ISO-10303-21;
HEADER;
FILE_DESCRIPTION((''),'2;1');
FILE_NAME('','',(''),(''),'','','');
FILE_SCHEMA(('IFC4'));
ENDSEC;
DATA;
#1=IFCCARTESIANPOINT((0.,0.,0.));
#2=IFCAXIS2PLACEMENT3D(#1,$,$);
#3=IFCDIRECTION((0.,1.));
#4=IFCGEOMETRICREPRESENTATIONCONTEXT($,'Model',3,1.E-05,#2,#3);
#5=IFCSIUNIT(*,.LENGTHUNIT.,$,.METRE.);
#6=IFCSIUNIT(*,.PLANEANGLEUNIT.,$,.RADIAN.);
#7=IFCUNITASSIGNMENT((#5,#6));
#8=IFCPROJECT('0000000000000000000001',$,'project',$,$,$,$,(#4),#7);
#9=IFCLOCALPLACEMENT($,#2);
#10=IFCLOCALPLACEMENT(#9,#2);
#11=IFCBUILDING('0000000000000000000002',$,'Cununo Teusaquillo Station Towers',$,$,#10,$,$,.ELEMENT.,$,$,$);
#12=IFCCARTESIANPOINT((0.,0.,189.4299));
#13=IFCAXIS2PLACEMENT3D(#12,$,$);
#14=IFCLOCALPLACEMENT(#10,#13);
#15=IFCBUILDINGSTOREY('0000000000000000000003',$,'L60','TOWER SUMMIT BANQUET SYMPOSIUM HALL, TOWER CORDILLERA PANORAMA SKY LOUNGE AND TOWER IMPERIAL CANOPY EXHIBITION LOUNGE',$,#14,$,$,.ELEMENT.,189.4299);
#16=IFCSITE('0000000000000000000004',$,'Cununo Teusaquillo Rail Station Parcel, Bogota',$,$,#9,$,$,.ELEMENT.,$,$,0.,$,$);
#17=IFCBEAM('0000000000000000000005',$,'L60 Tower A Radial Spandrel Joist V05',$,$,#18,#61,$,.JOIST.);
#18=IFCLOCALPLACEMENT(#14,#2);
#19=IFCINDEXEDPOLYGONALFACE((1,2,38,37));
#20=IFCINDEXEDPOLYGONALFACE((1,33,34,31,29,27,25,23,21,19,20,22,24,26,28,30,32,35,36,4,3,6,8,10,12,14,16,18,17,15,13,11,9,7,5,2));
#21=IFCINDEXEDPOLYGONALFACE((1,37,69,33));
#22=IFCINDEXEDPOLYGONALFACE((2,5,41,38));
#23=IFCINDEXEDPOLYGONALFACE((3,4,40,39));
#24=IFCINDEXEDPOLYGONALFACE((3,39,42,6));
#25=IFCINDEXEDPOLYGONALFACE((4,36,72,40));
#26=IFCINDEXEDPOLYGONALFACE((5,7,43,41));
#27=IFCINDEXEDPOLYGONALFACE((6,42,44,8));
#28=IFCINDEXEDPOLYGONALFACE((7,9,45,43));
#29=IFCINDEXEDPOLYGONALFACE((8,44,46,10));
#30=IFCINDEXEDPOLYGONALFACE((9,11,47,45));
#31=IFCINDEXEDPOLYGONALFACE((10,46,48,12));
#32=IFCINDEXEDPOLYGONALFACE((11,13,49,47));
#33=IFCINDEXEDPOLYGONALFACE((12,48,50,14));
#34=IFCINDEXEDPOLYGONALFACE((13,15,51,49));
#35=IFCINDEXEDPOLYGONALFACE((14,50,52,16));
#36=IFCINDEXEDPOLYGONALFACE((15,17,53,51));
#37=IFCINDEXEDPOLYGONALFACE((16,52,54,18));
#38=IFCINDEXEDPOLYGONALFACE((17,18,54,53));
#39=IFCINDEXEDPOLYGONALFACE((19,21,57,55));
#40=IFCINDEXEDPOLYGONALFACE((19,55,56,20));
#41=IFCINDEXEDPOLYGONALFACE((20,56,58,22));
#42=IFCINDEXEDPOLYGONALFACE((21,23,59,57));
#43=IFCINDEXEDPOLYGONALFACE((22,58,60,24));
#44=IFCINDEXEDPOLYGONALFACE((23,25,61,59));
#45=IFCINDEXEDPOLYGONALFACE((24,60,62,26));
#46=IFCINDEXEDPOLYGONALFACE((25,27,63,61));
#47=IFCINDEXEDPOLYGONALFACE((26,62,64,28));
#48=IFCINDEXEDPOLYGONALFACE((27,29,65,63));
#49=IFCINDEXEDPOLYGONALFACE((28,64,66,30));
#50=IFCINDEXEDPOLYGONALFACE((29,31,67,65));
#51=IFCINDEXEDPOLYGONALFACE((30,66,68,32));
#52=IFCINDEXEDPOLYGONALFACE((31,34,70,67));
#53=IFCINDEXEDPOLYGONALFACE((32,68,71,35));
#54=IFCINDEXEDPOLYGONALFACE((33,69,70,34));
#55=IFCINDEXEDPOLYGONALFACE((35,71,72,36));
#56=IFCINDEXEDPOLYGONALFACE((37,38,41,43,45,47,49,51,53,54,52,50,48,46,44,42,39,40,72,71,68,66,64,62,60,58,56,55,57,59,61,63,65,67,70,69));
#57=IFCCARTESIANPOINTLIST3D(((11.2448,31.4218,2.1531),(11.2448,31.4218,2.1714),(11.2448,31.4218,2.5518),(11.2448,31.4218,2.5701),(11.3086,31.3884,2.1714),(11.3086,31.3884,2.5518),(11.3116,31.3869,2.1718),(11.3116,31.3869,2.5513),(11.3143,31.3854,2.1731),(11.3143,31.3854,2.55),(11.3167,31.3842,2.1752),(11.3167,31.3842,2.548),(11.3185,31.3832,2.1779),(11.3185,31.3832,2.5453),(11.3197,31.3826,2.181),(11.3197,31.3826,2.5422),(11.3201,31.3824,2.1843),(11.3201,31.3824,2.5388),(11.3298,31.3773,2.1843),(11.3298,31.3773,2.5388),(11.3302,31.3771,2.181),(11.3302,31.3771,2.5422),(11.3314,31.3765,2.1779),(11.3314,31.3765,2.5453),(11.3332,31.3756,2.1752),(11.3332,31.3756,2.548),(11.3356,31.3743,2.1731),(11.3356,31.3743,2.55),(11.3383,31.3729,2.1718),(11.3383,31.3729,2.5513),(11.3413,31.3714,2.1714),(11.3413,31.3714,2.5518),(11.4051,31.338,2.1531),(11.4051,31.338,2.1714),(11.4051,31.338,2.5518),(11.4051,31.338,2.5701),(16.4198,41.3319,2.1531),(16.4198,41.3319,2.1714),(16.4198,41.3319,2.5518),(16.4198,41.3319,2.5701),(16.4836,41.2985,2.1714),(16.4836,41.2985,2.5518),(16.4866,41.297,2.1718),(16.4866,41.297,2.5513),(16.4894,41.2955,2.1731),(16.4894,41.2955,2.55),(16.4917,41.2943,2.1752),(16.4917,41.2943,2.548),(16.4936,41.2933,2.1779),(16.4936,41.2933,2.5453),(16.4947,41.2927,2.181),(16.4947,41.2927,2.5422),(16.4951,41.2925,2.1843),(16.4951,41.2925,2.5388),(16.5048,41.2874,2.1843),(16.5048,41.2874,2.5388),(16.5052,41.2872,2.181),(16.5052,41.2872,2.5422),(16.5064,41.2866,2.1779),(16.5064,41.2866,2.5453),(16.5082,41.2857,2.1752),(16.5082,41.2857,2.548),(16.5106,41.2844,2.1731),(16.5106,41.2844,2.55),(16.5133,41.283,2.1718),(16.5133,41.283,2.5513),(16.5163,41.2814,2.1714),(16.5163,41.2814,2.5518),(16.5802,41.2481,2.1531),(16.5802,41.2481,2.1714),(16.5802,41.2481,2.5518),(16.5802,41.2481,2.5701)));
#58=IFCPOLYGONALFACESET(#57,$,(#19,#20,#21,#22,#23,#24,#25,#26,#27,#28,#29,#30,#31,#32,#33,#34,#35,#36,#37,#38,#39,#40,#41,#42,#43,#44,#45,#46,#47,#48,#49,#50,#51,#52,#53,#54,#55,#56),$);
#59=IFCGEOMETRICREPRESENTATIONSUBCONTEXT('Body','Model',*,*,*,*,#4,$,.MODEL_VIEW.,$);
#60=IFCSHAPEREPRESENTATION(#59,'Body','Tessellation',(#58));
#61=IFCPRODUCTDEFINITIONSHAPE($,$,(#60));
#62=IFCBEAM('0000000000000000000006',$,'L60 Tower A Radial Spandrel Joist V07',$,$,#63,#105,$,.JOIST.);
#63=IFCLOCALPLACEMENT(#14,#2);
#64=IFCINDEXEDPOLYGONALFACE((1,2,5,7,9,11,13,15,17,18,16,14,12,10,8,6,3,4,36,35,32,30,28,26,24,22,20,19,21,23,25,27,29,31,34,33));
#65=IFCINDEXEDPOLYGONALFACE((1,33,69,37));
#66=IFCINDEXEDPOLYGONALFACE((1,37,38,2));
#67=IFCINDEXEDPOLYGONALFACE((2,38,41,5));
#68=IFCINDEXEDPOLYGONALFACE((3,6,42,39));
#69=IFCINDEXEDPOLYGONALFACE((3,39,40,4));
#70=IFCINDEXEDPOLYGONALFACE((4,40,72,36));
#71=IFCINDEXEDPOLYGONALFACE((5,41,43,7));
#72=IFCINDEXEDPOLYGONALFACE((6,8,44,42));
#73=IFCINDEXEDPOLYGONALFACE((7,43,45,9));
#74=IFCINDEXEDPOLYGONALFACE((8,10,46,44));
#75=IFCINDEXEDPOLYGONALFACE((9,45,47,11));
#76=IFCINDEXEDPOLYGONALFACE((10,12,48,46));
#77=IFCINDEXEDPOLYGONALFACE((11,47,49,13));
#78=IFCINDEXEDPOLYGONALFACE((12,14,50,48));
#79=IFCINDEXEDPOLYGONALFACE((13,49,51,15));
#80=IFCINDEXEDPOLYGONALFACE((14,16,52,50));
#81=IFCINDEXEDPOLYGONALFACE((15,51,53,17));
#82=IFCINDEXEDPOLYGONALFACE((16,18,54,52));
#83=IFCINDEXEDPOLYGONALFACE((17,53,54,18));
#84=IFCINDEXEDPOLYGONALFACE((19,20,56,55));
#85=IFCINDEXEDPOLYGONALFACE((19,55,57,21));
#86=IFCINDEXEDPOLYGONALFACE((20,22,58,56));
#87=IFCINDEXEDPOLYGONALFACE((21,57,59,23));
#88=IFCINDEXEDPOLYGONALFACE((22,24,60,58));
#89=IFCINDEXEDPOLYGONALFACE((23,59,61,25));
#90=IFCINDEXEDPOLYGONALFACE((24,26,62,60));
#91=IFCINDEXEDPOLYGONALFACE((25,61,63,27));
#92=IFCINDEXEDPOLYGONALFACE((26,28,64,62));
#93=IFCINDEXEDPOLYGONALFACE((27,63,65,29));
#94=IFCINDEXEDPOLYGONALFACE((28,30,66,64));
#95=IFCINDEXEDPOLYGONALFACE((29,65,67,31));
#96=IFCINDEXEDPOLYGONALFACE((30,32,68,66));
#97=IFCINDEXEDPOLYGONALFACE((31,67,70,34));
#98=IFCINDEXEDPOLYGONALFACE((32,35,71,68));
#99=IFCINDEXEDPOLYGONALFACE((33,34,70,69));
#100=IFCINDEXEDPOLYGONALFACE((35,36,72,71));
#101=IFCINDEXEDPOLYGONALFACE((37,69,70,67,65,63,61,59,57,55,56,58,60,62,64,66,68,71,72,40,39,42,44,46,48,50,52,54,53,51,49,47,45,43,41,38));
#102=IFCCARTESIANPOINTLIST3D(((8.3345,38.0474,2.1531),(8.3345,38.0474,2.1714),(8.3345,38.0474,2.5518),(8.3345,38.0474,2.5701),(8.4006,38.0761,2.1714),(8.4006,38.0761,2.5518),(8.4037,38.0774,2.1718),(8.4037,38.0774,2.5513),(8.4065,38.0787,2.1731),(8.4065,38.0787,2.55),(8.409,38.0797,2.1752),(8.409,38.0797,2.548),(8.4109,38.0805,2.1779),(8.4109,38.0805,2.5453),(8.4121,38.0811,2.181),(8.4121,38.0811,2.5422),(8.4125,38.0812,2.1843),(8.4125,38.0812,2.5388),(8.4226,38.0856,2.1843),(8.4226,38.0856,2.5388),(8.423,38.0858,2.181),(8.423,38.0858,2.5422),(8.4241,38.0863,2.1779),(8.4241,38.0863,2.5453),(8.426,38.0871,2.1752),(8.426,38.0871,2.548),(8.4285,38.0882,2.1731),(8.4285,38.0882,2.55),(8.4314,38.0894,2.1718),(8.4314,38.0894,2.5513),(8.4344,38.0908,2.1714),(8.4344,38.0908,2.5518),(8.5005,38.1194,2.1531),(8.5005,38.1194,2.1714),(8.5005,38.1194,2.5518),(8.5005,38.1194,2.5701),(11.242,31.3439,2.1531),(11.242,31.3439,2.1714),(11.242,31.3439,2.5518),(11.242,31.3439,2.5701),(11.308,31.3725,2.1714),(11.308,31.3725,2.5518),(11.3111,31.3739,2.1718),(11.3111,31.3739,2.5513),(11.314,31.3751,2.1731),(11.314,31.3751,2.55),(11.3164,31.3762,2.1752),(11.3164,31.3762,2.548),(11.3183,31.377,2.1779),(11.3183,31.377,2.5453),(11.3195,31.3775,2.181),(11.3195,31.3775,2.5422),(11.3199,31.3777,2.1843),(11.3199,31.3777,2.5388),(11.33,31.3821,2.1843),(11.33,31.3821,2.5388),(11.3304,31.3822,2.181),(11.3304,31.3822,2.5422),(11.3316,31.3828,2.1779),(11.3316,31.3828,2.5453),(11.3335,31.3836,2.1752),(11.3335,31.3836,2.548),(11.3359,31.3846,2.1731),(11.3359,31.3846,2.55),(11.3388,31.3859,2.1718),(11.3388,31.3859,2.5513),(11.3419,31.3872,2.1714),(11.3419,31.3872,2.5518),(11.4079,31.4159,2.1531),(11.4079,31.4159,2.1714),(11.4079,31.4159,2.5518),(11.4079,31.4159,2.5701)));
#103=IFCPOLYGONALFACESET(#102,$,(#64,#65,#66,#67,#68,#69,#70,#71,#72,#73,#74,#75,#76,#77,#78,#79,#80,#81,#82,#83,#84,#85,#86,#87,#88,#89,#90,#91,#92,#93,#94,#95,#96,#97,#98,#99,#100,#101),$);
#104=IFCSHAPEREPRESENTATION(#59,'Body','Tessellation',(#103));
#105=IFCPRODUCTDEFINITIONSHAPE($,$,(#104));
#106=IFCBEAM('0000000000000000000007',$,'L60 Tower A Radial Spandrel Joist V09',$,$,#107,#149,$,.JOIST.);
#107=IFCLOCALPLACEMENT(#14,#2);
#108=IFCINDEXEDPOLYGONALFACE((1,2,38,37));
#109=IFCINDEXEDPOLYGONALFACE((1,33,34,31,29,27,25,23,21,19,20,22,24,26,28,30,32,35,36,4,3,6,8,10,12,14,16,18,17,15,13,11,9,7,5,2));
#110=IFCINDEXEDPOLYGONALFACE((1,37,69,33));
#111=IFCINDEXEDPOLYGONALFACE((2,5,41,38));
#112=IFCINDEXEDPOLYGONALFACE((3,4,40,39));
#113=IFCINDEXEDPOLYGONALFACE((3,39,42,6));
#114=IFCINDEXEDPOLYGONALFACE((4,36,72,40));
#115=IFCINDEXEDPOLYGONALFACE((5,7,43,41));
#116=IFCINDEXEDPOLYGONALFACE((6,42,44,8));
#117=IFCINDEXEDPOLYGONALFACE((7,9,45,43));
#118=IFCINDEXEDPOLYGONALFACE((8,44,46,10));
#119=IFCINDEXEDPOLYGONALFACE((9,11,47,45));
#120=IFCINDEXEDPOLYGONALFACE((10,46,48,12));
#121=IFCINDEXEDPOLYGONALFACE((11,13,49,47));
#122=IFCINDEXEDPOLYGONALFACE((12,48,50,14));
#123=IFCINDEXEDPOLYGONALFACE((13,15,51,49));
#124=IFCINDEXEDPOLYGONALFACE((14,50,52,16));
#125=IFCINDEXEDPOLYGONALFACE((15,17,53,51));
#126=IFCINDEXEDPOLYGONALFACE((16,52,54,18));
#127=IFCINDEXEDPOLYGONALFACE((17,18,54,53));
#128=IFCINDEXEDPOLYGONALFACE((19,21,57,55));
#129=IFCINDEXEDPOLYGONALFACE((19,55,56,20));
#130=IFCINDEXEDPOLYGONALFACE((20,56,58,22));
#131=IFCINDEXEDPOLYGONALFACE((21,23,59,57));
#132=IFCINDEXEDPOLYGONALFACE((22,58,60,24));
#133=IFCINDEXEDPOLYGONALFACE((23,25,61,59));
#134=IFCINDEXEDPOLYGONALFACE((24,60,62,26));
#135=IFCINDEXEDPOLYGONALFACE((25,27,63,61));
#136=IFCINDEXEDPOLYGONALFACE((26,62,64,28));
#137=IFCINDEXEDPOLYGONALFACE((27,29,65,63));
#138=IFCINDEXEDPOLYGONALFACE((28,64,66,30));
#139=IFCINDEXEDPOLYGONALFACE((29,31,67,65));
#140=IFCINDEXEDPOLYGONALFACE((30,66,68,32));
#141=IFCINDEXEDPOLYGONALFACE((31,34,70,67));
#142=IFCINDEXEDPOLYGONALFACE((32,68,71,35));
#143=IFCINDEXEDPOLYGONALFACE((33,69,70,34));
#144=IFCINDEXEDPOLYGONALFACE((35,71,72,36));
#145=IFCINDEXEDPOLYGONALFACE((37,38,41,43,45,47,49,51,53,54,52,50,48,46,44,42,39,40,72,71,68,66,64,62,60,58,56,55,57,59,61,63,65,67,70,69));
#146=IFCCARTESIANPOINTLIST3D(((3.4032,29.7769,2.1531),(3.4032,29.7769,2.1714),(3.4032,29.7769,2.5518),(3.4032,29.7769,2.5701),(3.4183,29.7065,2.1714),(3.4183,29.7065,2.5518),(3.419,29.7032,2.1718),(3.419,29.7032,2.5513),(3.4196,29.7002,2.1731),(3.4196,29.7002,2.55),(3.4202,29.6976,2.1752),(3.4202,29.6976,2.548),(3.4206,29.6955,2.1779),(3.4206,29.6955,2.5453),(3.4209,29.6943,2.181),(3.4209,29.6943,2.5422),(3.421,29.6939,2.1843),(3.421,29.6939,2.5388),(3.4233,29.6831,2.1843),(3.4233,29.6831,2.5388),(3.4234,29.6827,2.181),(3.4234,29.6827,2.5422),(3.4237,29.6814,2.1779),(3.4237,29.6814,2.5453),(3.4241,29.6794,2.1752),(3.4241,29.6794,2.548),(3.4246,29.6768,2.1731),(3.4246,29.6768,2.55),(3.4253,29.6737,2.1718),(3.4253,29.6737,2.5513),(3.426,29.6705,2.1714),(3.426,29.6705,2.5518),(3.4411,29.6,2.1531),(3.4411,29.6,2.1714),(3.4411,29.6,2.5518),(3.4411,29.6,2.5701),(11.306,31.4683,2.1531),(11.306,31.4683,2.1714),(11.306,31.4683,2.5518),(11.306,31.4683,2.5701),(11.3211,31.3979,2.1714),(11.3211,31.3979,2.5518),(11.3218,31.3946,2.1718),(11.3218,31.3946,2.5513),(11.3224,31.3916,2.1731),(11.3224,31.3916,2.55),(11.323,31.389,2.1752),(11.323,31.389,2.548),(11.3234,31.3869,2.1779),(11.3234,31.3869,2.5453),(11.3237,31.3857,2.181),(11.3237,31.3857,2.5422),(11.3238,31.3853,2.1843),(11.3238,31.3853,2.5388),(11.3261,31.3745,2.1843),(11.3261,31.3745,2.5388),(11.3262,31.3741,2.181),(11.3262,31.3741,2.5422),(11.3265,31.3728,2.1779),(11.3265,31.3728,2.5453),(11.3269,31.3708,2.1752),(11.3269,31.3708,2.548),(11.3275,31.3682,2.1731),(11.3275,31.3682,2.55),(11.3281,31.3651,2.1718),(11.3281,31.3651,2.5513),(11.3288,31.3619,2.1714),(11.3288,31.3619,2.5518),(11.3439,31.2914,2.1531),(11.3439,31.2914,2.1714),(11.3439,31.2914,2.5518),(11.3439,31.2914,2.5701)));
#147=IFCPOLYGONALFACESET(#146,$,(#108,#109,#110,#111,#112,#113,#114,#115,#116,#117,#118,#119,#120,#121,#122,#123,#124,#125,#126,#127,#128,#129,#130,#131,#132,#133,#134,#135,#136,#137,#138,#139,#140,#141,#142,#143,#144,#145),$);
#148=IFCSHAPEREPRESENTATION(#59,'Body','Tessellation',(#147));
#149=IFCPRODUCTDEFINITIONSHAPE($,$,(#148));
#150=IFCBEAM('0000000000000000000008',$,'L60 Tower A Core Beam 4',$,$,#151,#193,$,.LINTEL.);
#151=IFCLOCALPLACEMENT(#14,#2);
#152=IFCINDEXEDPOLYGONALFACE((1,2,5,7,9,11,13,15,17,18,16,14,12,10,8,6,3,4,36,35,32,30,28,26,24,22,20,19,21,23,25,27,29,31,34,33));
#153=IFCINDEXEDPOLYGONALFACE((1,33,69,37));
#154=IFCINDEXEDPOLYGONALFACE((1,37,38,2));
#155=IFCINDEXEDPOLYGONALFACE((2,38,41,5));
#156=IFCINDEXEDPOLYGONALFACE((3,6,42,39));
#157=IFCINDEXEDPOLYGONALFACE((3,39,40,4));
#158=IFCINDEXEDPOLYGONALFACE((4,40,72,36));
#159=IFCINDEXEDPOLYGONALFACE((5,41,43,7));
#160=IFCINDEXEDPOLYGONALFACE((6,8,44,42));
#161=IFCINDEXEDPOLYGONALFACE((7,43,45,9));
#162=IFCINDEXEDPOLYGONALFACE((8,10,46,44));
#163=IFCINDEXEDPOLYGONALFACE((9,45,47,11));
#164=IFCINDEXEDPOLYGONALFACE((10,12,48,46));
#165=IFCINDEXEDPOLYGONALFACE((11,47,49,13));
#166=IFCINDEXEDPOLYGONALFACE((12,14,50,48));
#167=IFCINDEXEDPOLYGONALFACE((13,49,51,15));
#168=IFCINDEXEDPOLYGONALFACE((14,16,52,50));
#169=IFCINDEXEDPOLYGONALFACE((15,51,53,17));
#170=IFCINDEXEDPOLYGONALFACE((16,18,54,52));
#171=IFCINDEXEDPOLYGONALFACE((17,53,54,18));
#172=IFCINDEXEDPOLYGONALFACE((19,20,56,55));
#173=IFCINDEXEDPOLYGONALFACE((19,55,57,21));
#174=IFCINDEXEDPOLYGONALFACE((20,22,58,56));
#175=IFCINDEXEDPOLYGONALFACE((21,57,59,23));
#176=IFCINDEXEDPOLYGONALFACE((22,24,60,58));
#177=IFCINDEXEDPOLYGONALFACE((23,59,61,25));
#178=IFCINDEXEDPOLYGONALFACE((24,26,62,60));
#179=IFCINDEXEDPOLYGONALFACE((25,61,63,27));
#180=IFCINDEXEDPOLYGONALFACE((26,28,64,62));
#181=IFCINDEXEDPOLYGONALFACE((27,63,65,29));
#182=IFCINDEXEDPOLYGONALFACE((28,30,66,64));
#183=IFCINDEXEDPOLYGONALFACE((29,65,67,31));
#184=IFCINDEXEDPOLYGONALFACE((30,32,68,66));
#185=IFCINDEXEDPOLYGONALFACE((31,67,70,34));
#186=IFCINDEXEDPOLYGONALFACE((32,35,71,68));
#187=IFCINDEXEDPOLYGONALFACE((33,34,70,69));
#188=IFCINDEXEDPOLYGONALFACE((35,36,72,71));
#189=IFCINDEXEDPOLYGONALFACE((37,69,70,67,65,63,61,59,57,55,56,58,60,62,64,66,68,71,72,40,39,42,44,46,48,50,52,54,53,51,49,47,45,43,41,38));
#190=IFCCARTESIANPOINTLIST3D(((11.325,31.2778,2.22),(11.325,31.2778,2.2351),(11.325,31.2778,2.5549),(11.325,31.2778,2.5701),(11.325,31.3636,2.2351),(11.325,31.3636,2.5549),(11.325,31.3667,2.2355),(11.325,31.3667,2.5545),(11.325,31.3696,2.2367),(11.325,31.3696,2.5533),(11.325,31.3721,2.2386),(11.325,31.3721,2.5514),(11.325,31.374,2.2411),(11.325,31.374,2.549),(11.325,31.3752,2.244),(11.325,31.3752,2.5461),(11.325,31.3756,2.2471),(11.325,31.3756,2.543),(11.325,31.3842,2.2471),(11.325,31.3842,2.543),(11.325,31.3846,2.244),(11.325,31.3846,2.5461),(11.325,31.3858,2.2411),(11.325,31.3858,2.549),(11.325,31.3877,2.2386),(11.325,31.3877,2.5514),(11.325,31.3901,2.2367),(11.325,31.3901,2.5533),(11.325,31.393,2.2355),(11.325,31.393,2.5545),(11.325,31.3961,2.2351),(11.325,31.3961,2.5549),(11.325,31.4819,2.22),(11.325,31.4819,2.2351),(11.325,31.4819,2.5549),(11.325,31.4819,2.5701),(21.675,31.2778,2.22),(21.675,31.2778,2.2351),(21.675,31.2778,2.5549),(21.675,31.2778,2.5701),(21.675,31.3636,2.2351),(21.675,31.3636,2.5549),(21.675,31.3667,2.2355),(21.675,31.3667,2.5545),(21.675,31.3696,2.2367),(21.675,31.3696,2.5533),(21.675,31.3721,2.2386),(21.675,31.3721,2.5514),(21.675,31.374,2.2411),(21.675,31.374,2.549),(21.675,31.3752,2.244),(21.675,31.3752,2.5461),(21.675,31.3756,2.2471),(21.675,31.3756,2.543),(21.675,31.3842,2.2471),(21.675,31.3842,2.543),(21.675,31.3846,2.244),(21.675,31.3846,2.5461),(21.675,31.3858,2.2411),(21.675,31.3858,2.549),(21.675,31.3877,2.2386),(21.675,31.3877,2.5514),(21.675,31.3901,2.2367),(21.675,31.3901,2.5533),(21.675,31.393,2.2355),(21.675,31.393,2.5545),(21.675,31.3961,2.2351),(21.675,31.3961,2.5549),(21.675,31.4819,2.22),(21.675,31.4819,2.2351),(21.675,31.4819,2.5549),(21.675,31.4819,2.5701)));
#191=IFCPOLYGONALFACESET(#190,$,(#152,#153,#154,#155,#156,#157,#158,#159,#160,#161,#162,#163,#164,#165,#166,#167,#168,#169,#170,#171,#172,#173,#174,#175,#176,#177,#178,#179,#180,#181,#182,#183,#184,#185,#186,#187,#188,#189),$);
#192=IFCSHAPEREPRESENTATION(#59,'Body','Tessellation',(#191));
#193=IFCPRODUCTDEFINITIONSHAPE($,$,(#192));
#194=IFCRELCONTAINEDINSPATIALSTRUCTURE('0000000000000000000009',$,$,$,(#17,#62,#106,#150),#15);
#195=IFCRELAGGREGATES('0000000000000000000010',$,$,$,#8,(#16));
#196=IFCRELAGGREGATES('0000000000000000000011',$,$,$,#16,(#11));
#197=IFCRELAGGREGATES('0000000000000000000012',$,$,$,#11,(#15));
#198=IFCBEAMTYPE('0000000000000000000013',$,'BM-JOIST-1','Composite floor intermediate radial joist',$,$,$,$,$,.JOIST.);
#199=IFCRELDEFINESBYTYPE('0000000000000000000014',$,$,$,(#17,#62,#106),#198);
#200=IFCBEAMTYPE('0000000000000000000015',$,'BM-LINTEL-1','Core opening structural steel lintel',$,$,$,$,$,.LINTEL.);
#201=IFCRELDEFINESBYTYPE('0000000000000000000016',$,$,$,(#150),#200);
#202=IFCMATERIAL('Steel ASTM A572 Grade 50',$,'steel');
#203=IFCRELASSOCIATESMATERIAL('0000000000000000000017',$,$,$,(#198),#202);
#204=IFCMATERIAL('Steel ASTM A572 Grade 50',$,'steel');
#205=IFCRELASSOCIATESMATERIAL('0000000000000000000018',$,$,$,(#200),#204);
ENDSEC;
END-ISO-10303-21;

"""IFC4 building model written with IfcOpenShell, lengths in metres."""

from ifc_helpers import new_model, si_unit, direction, frame, origin, origin_2d, place, context, subcontext, project, spatial, i_section, extrude, material, material_profile, profile_set, type_object, element, save


model = new_model("IFC4")

# Units and contexts
model_context = context("Model", 3, precision=1e-05, world=origin(), true_north=direction((0.0, 1.0)))
body_context = subcontext(model_context, "Body", "Model", "MODEL_VIEW")
ifc_project = project(units=[si_unit("LENGTHUNIT", "METRE"), si_unit("PLANEANGLEUNIT", "RADIAN")], contexts=[model_context])

# Site, building, storey
site_placement = place(None, origin())
site = spatial("IfcSite", under=ifc_project, at=site_placement, Name="Cununo Teusaquillo Rail Station Parcel, Bogota", CompositionType="ELEMENT", RefElevation=0.0)
building_placement = place(site_placement, origin())
building = spatial("IfcBuilding", under=site, at=building_placement, Name="Cununo Teusaquillo Station Towers", CompositionType="ELEMENT")
storey_placement = place(building_placement, frame((0.0, 0.0, 189.4299)))
storey = spatial("IfcBuildingStorey", under=building, at=storey_placement, Name="L60", Description="TOWER SUMMIT BANQUET SYMPOSIUM HALL, TOWER CORDILLERA PANORAMA SKY LOUNGE AND TOWER IMPERIAL CANOPY EXHIBITION LOUNGE", CompositionType="ELEMENT", Elevation=189.4299)

# Beams
ifc_material_1 = material(Name="Steel ASTM A572 Grade 50", Category="steel")
ifc_material_profile_1 = material_profile(ifc_material_1, i_section(OverallWidth=0.1809, OverallDepth=0.417, WebThickness=0.011, FlangeThickness=0.0183, FilletRadius=0.0129, at=origin_2d()), Name="W16X57")
ifc_profile_set_1 = profile_set([ifc_material_profile_1], Name="Steel ASTM A572 Grade 50")
beam_type_1 = type_object("IfcBeamType", Name="BM-JOIST-1", Description="Composite floor intermediate radial joist", PredefinedType="JOIST", material=ifc_profile_set_1)
beam_1_placement = place(storey_placement, frame((11.325, 31.3799, 2.3616), z_axis=(0.462885, 0.886419, 0.0), x_axis=(-0.886419, 0.462885, 0.0)))
element("IfcBeam", 1, at=beam_1_placement, inside=storey, type_object=beam_type_1, Name="L60 Tower A Radial Spandrel Joist V05", PredefinedType="JOIST", context=body_context, shape_type="SweptSolid", body=[
    extrude(i_section(OverallWidth=0.1809, OverallDepth=0.417, WebThickness=0.011, FlangeThickness=0.0183, FilletRadius=0.0129, at=origin_2d()), origin(), (0.0, 0.0, 1.0), 11.1799),
])
beam_2_placement = place(storey_placement, frame((11.325, 31.3799, 2.3616), z_axis=(-0.397904, 0.917427, 0.0), x_axis=(-0.917427, -0.397904, 0.0)))
element("IfcBeam", 2, at=beam_2_placement, inside=storey, type_object=beam_type_1, Name="L60 Tower A Radial Spandrel Joist V07", PredefinedType="JOIST", context=body_context, shape_type="SweptSolid", body=[
    extrude(i_section(OverallWidth=0.1809, OverallDepth=0.417, WebThickness=0.011, FlangeThickness=0.0183, FilletRadius=0.0129, at=origin_2d()), origin(), (0.0, 0.0, 1.0), 7.3069),
])
beam_3_placement = place(storey_placement, frame((11.325, 31.3799, 2.3616), z_axis=(-0.977855, -0.209286, 0.0), x_axis=(0.209286, -0.977855, 0.0)))
element("IfcBeam", 3, at=beam_3_placement, inside=storey, type_object=beam_type_1, Name="L60 Tower A Radial Spandrel Joist V09", PredefinedType="JOIST", context=body_context, shape_type="SweptSolid", body=[
    extrude(i_section(OverallWidth=0.1809, OverallDepth=0.417, WebThickness=0.011, FlangeThickness=0.0183, FilletRadius=0.0129, at=origin_2d()), origin(), (0.0, 0.0, 1.0), 8.0818),
])
ifc_material_2 = material(Name="Steel ASTM A572 Grade 50", Category="steel")
ifc_material_profile_2 = material_profile(ifc_material_2, i_section(OverallWidth=0.2041, OverallDepth=0.3501, WebThickness=0.0085, FlangeThickness=0.0151, FilletRadius=0.012, at=origin_2d()), Name="W14X48")
ifc_profile_set_2 = profile_set([ifc_material_profile_2], Name="Steel ASTM A572 Grade 50")
beam_type_2 = type_object("IfcBeamType", Name="BM-LINTEL-1", Description="Core opening structural steel lintel", PredefinedType="LINTEL", material=ifc_profile_set_2)
beam_4_placement = place(storey_placement, frame((11.325, 31.3799, 2.395), z_axis=(1.0, 0.0, 0.0), x_axis=(0.0, 1.0, 0.0)))
element("IfcBeam", 4, at=beam_4_placement, inside=storey, type_object=beam_type_2, Name="L60 Tower A Core Beam 4", PredefinedType="LINTEL", context=body_context, shape_type="SweptSolid", body=[
    extrude(i_section(OverallWidth=0.2041, OverallDepth=0.3501, WebThickness=0.0085, FlangeThickness=0.0151, FilletRadius=0.012, at=origin_2d()), origin(), (0.0, 0.0, 1.0), 10.3501),
])

save(model, "model.ifc")
